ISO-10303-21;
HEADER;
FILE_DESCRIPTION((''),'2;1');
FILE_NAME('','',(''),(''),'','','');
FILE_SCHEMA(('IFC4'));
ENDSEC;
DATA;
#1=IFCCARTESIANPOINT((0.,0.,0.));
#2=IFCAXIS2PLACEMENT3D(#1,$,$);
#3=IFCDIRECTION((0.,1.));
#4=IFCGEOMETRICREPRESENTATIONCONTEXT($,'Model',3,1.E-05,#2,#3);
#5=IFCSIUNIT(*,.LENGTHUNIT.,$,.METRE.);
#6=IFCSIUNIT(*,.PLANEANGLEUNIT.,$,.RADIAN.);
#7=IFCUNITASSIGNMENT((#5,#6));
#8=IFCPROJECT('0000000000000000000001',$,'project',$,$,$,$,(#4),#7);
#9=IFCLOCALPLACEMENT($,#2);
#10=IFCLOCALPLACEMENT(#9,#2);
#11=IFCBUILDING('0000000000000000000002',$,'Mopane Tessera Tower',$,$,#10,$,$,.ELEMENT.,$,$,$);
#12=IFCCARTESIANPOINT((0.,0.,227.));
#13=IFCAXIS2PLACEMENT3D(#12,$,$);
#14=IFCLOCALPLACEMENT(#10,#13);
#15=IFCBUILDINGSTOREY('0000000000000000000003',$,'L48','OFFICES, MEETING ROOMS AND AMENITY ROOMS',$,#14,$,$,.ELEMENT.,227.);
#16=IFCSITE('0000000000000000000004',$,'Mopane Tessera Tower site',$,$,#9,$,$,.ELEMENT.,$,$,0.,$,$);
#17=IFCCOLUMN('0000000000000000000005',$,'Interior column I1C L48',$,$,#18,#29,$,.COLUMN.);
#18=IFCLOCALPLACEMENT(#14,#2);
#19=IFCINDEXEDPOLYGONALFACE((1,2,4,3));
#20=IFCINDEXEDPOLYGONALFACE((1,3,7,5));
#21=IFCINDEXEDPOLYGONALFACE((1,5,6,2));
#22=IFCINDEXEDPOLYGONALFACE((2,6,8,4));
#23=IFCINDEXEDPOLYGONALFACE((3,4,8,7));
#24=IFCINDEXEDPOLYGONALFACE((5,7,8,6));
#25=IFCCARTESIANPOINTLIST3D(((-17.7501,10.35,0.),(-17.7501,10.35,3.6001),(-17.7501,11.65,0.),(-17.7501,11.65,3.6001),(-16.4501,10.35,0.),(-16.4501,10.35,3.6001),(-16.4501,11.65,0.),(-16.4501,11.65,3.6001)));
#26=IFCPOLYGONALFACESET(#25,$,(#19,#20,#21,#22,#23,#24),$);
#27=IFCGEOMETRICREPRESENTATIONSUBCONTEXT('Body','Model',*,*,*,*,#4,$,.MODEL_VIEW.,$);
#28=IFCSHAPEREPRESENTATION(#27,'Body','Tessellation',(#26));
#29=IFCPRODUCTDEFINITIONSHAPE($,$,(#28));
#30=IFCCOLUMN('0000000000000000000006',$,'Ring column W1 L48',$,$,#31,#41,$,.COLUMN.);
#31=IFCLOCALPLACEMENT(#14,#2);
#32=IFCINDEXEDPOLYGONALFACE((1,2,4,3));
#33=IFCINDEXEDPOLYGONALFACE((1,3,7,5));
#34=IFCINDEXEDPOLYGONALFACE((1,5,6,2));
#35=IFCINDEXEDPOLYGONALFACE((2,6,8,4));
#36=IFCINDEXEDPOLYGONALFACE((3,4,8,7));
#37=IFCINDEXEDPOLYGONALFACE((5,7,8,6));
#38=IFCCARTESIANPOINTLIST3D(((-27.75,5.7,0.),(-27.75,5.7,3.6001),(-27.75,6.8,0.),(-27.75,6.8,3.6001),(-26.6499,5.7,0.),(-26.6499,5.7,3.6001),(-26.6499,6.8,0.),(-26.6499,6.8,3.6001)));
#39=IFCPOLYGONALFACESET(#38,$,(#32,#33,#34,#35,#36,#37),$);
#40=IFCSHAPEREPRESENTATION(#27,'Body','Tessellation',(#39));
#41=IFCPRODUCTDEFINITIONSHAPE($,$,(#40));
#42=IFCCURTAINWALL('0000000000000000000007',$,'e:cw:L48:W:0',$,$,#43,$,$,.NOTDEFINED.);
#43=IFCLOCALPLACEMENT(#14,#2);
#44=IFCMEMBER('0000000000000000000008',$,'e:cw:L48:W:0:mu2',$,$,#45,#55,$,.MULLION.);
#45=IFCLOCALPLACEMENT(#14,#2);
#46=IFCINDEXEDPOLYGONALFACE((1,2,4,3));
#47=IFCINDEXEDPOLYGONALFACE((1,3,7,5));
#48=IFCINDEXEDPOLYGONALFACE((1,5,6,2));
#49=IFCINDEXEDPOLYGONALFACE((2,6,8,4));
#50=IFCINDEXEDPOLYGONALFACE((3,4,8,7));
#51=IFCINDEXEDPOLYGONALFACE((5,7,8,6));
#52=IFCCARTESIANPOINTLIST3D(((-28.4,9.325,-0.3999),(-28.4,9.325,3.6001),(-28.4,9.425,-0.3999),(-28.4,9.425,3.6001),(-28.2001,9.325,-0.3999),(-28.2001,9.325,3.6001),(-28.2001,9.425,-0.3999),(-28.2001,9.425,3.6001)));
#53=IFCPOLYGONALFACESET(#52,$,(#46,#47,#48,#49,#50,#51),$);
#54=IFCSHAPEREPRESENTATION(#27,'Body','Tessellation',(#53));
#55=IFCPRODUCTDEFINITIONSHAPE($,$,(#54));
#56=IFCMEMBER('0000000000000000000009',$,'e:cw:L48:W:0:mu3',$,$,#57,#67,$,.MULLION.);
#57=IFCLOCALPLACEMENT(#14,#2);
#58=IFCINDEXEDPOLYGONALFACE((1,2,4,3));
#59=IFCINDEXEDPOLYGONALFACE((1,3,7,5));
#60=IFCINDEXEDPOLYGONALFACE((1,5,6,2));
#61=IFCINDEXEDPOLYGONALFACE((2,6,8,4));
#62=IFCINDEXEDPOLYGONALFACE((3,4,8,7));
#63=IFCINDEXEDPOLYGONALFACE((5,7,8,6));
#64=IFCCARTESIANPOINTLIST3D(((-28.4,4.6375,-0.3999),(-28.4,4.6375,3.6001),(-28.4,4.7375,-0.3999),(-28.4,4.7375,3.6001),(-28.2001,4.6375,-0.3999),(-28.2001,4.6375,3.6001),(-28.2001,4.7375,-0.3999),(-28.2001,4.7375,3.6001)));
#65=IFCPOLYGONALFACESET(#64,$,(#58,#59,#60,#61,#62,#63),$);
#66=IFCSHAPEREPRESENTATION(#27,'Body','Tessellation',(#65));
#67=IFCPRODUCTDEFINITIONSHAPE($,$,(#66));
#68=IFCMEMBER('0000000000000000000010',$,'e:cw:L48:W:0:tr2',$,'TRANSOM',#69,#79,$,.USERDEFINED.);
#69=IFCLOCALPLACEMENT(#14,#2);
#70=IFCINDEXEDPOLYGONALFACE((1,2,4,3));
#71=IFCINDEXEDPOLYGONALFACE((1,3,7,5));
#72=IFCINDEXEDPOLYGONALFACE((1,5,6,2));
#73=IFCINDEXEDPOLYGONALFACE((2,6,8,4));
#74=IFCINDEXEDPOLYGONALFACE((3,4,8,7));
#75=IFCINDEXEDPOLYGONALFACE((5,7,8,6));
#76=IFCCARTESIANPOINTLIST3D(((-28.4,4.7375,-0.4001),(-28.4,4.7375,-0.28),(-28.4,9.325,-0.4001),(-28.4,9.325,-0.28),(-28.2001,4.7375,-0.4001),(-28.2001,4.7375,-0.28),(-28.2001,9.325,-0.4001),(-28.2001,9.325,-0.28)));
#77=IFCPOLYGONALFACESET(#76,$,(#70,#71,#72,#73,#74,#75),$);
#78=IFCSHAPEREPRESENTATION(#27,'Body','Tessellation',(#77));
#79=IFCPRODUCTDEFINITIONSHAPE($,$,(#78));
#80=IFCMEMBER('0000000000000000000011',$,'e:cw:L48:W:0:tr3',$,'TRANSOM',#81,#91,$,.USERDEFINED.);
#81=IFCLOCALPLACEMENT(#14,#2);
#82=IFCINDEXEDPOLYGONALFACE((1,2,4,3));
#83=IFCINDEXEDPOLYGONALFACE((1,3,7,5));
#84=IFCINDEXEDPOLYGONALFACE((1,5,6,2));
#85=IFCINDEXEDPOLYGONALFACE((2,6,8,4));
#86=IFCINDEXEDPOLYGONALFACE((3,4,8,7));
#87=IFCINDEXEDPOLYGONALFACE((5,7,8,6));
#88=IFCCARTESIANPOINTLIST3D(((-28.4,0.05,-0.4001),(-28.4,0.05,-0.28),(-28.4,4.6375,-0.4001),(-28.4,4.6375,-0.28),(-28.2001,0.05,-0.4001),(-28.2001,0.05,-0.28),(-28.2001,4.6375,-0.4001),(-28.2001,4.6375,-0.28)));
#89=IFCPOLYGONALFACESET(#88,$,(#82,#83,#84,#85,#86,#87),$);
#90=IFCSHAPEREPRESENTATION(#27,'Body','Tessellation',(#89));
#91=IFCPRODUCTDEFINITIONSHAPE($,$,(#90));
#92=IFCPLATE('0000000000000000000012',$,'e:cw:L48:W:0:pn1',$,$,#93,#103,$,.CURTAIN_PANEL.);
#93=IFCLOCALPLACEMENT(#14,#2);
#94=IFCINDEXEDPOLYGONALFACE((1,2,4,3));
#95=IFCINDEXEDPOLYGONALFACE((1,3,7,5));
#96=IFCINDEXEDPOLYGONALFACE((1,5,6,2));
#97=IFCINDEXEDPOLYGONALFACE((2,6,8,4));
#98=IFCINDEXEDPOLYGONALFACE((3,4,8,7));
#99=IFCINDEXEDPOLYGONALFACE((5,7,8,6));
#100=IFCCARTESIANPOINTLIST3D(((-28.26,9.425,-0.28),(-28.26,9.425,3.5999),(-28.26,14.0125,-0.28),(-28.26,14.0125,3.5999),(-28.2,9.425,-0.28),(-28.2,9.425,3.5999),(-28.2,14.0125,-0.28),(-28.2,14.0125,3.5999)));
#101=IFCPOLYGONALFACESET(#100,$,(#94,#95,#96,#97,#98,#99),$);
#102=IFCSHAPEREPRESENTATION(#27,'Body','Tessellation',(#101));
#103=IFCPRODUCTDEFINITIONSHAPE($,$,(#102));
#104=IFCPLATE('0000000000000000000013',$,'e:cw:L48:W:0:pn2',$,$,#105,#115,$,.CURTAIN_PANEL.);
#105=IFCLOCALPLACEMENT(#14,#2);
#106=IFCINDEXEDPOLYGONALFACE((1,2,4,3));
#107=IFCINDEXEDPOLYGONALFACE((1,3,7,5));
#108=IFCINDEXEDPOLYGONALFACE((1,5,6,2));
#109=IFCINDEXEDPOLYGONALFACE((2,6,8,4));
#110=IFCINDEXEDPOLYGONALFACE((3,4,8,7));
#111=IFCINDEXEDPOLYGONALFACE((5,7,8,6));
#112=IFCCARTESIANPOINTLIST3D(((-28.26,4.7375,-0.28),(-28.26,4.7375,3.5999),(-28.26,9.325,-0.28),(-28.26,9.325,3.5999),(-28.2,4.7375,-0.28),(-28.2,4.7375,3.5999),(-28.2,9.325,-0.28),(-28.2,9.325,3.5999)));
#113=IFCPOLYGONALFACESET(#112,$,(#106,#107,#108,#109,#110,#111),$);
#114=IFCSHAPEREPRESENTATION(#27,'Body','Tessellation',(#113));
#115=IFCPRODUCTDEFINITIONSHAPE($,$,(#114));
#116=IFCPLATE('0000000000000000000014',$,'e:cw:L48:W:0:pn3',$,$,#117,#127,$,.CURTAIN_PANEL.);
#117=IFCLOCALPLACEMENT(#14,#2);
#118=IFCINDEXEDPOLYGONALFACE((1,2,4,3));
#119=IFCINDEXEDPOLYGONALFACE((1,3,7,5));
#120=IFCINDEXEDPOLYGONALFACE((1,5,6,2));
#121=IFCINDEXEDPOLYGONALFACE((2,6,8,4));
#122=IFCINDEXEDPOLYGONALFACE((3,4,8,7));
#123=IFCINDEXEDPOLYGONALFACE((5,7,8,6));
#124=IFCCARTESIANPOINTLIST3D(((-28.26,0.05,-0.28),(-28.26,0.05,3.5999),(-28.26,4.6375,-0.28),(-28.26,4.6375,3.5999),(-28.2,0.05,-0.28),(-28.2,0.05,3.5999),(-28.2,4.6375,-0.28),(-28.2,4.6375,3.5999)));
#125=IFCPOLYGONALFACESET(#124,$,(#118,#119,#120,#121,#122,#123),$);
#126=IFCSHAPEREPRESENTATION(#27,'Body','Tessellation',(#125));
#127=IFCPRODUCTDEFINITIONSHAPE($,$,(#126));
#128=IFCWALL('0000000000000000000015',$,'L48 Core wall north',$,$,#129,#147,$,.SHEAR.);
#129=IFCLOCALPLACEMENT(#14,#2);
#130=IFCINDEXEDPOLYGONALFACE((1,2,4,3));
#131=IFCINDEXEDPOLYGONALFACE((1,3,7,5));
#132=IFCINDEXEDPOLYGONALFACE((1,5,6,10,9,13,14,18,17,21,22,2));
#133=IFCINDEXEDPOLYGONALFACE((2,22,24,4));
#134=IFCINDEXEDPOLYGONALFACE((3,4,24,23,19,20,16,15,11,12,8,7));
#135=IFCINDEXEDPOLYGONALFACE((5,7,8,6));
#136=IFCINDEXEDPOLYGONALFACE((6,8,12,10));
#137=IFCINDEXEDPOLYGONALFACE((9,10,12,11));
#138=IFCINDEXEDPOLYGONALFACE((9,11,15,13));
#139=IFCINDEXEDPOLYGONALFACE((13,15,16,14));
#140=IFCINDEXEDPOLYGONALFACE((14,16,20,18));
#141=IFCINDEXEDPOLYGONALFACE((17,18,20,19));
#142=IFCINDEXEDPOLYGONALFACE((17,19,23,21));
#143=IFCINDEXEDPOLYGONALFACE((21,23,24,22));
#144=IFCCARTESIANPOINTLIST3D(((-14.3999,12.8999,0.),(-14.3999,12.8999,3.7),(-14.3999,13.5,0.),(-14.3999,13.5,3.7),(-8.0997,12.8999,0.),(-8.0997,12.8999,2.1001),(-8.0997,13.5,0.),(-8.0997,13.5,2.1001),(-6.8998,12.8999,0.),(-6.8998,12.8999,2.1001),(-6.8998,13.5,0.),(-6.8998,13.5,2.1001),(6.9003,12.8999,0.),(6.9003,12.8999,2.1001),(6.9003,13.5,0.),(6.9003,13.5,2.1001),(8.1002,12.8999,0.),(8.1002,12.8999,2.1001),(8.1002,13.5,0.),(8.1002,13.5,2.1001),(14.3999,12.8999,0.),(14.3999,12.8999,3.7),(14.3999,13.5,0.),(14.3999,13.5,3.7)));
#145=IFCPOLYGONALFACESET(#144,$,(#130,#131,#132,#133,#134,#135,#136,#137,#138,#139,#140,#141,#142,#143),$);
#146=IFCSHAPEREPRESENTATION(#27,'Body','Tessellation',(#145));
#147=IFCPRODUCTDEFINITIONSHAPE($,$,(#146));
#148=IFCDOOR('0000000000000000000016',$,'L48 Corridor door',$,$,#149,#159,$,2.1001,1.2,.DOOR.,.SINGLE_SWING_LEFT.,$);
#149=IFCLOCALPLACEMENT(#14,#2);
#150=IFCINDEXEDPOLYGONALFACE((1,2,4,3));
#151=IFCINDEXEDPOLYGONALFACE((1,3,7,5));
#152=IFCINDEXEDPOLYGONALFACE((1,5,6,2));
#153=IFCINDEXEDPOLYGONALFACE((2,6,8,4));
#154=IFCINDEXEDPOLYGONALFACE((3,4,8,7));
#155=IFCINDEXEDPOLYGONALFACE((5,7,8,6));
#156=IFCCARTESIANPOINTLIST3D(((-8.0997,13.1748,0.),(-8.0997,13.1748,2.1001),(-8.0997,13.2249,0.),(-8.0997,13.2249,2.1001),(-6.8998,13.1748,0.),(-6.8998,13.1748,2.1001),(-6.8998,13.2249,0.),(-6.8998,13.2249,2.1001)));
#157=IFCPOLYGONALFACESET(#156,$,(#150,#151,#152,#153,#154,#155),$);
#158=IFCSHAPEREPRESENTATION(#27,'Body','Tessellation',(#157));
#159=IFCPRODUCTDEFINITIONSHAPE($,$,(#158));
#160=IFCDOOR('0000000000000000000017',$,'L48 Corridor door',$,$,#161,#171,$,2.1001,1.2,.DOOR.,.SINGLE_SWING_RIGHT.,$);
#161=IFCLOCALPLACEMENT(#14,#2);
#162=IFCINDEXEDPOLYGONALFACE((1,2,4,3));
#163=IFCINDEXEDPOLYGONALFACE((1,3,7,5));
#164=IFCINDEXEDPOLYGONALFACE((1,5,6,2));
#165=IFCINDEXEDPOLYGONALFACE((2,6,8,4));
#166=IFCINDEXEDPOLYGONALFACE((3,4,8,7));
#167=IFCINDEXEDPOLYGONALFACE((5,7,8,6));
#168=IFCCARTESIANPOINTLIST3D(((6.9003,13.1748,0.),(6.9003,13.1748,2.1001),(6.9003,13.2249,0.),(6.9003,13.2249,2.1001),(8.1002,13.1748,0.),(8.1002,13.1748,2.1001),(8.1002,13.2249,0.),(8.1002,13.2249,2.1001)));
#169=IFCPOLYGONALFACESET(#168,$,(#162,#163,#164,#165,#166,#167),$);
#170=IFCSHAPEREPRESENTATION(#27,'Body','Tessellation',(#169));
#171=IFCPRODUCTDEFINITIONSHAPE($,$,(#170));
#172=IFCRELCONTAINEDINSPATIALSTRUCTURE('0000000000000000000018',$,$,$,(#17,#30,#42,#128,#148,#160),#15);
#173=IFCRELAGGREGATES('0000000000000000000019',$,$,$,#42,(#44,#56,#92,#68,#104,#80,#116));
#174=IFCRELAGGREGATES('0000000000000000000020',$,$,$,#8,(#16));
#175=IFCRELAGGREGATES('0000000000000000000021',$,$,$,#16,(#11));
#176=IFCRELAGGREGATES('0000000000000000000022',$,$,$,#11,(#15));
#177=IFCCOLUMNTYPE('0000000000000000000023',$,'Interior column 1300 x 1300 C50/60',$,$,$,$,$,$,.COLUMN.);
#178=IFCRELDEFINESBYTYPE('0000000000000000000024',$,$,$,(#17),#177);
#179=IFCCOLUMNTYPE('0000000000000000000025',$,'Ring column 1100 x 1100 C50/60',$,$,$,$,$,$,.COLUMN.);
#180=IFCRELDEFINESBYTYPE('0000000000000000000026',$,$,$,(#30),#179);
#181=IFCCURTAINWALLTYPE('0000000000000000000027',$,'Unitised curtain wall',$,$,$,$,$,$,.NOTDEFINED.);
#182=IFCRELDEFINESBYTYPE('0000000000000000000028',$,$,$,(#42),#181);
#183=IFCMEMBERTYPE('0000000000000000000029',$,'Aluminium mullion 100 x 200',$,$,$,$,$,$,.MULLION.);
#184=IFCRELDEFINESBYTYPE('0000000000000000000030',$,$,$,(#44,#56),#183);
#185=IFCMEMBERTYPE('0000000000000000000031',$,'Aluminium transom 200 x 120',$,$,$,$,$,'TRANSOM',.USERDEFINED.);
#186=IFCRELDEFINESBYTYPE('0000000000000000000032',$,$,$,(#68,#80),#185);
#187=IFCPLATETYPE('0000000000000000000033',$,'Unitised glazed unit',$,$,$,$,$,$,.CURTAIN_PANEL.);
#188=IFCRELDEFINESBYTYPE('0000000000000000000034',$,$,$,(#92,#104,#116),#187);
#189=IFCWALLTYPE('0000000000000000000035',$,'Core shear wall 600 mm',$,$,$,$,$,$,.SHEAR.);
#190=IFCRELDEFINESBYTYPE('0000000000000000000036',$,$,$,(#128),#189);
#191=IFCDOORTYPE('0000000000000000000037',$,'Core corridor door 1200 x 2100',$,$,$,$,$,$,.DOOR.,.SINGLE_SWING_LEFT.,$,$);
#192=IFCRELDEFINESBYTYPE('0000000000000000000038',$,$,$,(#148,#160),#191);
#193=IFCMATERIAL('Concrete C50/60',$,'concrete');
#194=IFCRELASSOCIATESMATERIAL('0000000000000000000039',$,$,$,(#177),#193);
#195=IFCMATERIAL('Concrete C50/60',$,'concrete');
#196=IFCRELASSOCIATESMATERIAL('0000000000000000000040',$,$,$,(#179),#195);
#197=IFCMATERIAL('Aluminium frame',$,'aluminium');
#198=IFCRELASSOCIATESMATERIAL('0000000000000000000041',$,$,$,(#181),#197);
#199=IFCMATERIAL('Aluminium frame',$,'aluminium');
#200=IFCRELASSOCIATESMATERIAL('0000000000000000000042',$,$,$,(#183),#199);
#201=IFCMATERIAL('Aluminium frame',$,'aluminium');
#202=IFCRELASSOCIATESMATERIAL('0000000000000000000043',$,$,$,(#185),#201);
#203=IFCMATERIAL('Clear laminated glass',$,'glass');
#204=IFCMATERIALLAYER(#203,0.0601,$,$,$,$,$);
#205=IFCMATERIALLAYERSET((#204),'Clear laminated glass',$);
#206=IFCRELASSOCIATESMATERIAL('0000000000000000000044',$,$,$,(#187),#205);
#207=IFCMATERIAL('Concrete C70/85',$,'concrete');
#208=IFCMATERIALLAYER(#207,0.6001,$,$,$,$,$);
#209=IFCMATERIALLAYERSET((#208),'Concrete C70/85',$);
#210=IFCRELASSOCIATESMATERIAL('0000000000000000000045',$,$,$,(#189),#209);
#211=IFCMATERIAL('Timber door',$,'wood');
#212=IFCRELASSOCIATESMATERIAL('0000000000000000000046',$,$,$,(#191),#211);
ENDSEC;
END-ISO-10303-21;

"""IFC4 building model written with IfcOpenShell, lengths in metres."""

from ifc_helpers import new_model, si_unit, direction, frame, frame_2d, origin, origin_2d, place, context, subcontext, project, spatial, rectangle, extrude, material, layer, layer_set, material_profile, profile_set, type_object, element, fill, aggregate, save


model = new_model("IFC4")

# Units and contexts
model_context = context("Model", 3, precision=1e-05, world=origin(), true_north=direction((0.0, 1.0)))
body_context = subcontext(model_context, "Body", "Model", "MODEL_VIEW")
ifc_project = project(units=[si_unit("LENGTHUNIT", "METRE"), si_unit("PLANEANGLEUNIT", "RADIAN")], contexts=[model_context])

# Site, building, storey
site_placement = place(None, origin())
site = spatial("IfcSite", under=ifc_project, at=site_placement, Name="Mopane Tessera Tower site", CompositionType="ELEMENT", RefElevation=0.0)
building_placement = place(site_placement, origin())
building = spatial("IfcBuilding", under=site, at=building_placement, Name="Mopane Tessera Tower", CompositionType="ELEMENT")
storey_placement = place(building_placement, frame((0.0, 0.0, 227.0)))
storey = spatial("IfcBuildingStorey", under=building, at=storey_placement, Name="L48", Description="OFFICES, MEETING ROOMS AND AMENITY ROOMS", CompositionType="ELEMENT", Elevation=227.0)

# Columns
ifc_material_1 = material(Name="Concrete C50/60", Category="concrete")
ifc_material_profile_1 = material_profile(ifc_material_1, rectangle(XDim=1.3, YDim=1.3, at=origin_2d()))
ifc_profile_set_1 = profile_set([ifc_material_profile_1], Name="Concrete C50/60")
column_type_1 = type_object("IfcColumnType", Name="Interior column 1300 x 1300 C50/60", PredefinedType="COLUMN", material=ifc_profile_set_1)
column_1_placement = place(storey_placement, frame((-17.1001, 11.0, 0.0), z_axis=(0.0, 0.0, 1.0), x_axis=(1.0, 0.0, 0.0)))
element("IfcColumn", 1, at=column_1_placement, inside=storey, type_object=column_type_1, Name="Interior column I1C L48", PredefinedType="COLUMN", context=body_context, shape_type="SweptSolid", body=[
    extrude(rectangle(XDim=1.3, YDim=1.3, at=origin_2d()), origin(), (0.0, 0.0, 1.0), 3.6001),
])
ifc_material_2 = material(Name="Concrete C50/60", Category="concrete")
ifc_material_profile_2 = material_profile(ifc_material_2, rectangle(XDim=1.1001, YDim=1.1001, at=origin_2d()))
ifc_profile_set_2 = profile_set([ifc_material_profile_2], Name="Concrete C50/60")
column_type_2 = type_object("IfcColumnType", Name="Ring column 1100 x 1100 C50/60", PredefinedType="COLUMN", material=ifc_profile_set_2)
column_2_placement = place(storey_placement, frame((-27.2, 6.25, 0.0), z_axis=(0.0, 0.0, 1.0), x_axis=(1.0, 0.0, 0.0)))
element("IfcColumn", 2, at=column_2_placement, inside=storey, type_object=column_type_2, Name="Ring column W1 L48", PredefinedType="COLUMN", context=body_context, shape_type="SweptSolid", body=[
    extrude(rectangle(XDim=1.1001, YDim=1.1001, at=origin_2d()), origin(), (0.0, 0.0, 1.0), 3.6001),
])

# Curtain wall, members, plates
ifc_material_3 = material(Name="Aluminium frame", Category="aluminium")
curtain_wall_type = type_object("IfcCurtainWallType", Name="Unitised curtain wall", PredefinedType="NOTDEFINED", material=ifc_material_3)
curtain_wall_placement = place(storey_placement, origin())
curtain_wall = element("IfcCurtainWall", 3, at=curtain_wall_placement, inside=storey, type_object=curtain_wall_type, Name="e:cw:L48:W:0", PredefinedType="NOTDEFINED")
ifc_material_4 = material(Name="Aluminium frame", Category="aluminium")
ifc_material_profile_3 = material_profile(ifc_material_4, rectangle(XDim=0.1001, YDim=0.2, at=origin_2d()))
ifc_profile_set_3 = profile_set([ifc_material_profile_3], Name="Aluminium frame")
member_type_1 = type_object("IfcMemberType", Name="Aluminium mullion 100 x 200", PredefinedType="MULLION", material=ifc_profile_set_3)
member_1_placement = place(storey_placement, frame((-28.3, 9.375, -0.3999), z_axis=(0.0, 0.0, 1.0), x_axis=(0.0, -1.0, 0.0)))
member_1 = element("IfcMember", 4, at=member_1_placement, type_object=member_type_1, Name="e:cw:L48:W:0:mu2", PredefinedType="MULLION", context=body_context, shape_type="SweptSolid", body=[
    extrude(rectangle(XDim=0.1001, YDim=0.2, at=origin_2d()), origin(), (0.0, 0.0, 1.0), 4.0),
])
member_2_placement = place(storey_placement, frame((-28.3, 4.6875, -0.3999), z_axis=(0.0, 0.0, 1.0), x_axis=(0.0, -1.0, 0.0)))
member_2 = element("IfcMember", 5, at=member_2_placement, type_object=member_type_1, Name="e:cw:L48:W:0:mu3", PredefinedType="MULLION", context=body_context, shape_type="SweptSolid", body=[
    extrude(rectangle(XDim=0.1001, YDim=0.2, at=origin_2d()), origin(), (0.0, 0.0, 1.0), 4.0),
])
ifc_material_5 = material(Name="Aluminium frame", Category="aluminium")
ifc_material_profile_4 = material_profile(ifc_material_5, rectangle(XDim=0.2, YDim=0.1201, at=origin_2d()))
ifc_profile_set_4 = profile_set([ifc_material_profile_4], Name="Aluminium frame")
member_type_2 = type_object("IfcMemberType", Name="Aluminium transom 200 x 120", ElementType="TRANSOM", PredefinedType="USERDEFINED", material=ifc_profile_set_4)
member_3_placement = place(storey_placement, frame((-28.3, 9.325, -0.3401), z_axis=(0.0, -1.0, 0.0), x_axis=(1.0, 0.0, 0.0)))
member_3 = element("IfcMember", 6, at=member_3_placement, type_object=member_type_2, Name="e:cw:L48:W:0:tr2", ObjectType="TRANSOM", PredefinedType="USERDEFINED", context=body_context, shape_type="SweptSolid", body=[
    extrude(rectangle(XDim=0.2, YDim=0.1201, at=origin_2d()), origin(), (0.0, 0.0, 1.0), 4.5874),
])
member_4_placement = place(storey_placement, frame((-28.3, 4.6375, -0.3401), z_axis=(0.0, -1.0, 0.0), x_axis=(1.0, 0.0, 0.0)))
member_4 = element("IfcMember", 7, at=member_4_placement, type_object=member_type_2, Name="e:cw:L48:W:0:tr3", ObjectType="TRANSOM", PredefinedType="USERDEFINED", context=body_context, shape_type="SweptSolid", body=[
    extrude(rectangle(XDim=0.2, YDim=0.1201, at=origin_2d()), origin(), (0.0, 0.0, 1.0), 4.5874),
])
ifc_material_6 = material(Name="Clear laminated glass", Category="glass")
ifc_layer_1 = layer(ifc_material_6, 0.0601)
ifc_layer_set_1 = layer_set([ifc_layer_1], Name="Clear laminated glass")
plate_type = type_object("IfcPlateType", Name="Unitised glazed unit", PredefinedType="CURTAIN_PANEL", material=ifc_layer_set_1)
plate_1_placement = place(storey_placement, frame((-28.23, 11.7188, -0.28), z_axis=(0.0, 0.0, 1.0), x_axis=(0.0, -1.0, 0.0)))
plate_1 = element("IfcPlate", 8, at=plate_1_placement, type_object=plate_type, Name="e:cw:L48:W:0:pn1", PredefinedType="CURTAIN_PANEL", context=body_context, shape_type="SweptSolid", body=[
    extrude(rectangle(XDim=4.5874, YDim=0.0601, at=origin_2d()), origin(), (0.0, 0.0, 1.0), 3.8799),
])
plate_2_placement = place(storey_placement, frame((-28.23, 7.0312, -0.28), z_axis=(0.0, 0.0, 1.0), x_axis=(0.0, -1.0, 0.0)))
plate_2 = element("IfcPlate", 9, at=plate_2_placement, type_object=plate_type, Name="e:cw:L48:W:0:pn2", PredefinedType="CURTAIN_PANEL", context=body_context, shape_type="SweptSolid", body=[
    extrude(rectangle(XDim=4.5874, YDim=0.0601, at=origin_2d()), origin(), (0.0, 0.0, 1.0), 3.8799),
])
plate_3_placement = place(storey_placement, frame((-28.23, 2.3438, -0.28), z_axis=(0.0, 0.0, 1.0), x_axis=(0.0, -1.0, 0.0)))
plate_3 = element("IfcPlate", 10, at=plate_3_placement, type_object=plate_type, Name="e:cw:L48:W:0:pn3", PredefinedType="CURTAIN_PANEL", context=body_context, shape_type="SweptSolid", body=[
    extrude(rectangle(XDim=4.5874, YDim=0.0601, at=origin_2d()), origin(), (0.0, 0.0, 1.0), 3.8799),
])
aggregate(curtain_wall, [member_1, member_2, plate_1, member_3, plate_2, member_4, plate_3])

# Wall, openings, doors
ifc_material_7 = material(Name="Concrete C70/85", Category="concrete")
ifc_layer_2 = layer(ifc_material_7, 0.6001)
ifc_layer_set_2 = layer_set([ifc_layer_2], Name="Concrete C70/85")
wall_type_1 = type_object("IfcWallType", Name="Core shear wall 600 mm", PredefinedType="SHEAR", material=ifc_layer_set_2)
wall_1_placement = place(storey_placement, frame((-14.3999, 13.2, 0.0), z_axis=(0.0, 0.0, 1.0), x_axis=(1.0, 0.0, 0.0)))
wall_1 = element("IfcWall", 11, at=wall_1_placement, inside=storey, type_object=wall_type_1, Name="L48 Core wall north", PredefinedType="SHEAR", context=body_context, shape_type="SweptSolid", body=[
    extrude(rectangle(XDim=28.7998, YDim=0.6001, at=frame_2d((14.3999, 0.0))), origin(), (0.0, 0.0, 1.0), 3.7),
])
opening_1_placement = place(wall_1_placement, frame((6.3, 0.0, 0.0)))
opening_1 = element("IfcOpeningElement", 12, at=opening_1_placement, cuts=wall_1, PredefinedType="OPENING", context=body_context, shape_type="SweptSolid", body=[
    extrude(rectangle(XDim=1.2, YDim=2.1001, at=frame_2d((0.6001, 1.05))), frame((0.0, 0.312, 0.0), z_axis=(0.0, -1.0, 0.0), x_axis=(1.0, 0.0, 0.0)), (0.0, 0.0, 1.0), 0.624),
])
opening_2_placement = place(wall_1_placement, frame((21.3, 0.0, 0.0)))
opening_2 = element("IfcOpeningElement", 13, at=opening_2_placement, cuts=wall_1, PredefinedType="OPENING", context=body_context, shape_type="SweptSolid", body=[
    extrude(rectangle(XDim=1.2, YDim=2.1001, at=frame_2d((0.6001, 1.05))), frame((0.0, 0.312, 0.0), z_axis=(0.0, -1.0, 0.0), x_axis=(1.0, 0.0, 0.0)), (0.0, 0.0, 1.0), 0.624),
])
ifc_material_8 = material(Name="Timber door", Category="wood")
door_type_1 = type_object("IfcDoorType", Name="Core corridor door 1200 x 2100", OperationType="SINGLE_SWING_LEFT", PredefinedType="DOOR", material=ifc_material_8)
door_1_placement = place(opening_1_placement, origin())
door_1 = element("IfcDoor", 14, at=door_1_placement, inside=storey, type_object=door_type_1, Name="L48 Corridor door", OperationType="SINGLE_SWING_LEFT", OverallHeight=2.1001, OverallWidth=1.2, PredefinedType="DOOR", context=body_context, shape_type="SweptSolid", body=[
    extrude(rectangle(XDim=1.2, YDim=2.1001, at=frame_2d((0.6001, 1.05))), frame((0.0, 0.0249, 0.0), z_axis=(0.0, -1.0, 0.0), x_axis=(1.0, 0.0, 0.0)), (0.0, 0.0, 1.0), 0.05),
])
fill(opening_1, door_1)
door_2_placement = place(opening_2_placement, origin())
door_2 = element("IfcDoor", 15, at=door_2_placement, inside=storey, type_object=door_type_1, Name="L48 Corridor door", OperationType="SINGLE_SWING_RIGHT", OverallHeight=2.1001, OverallWidth=1.2, PredefinedType="DOOR", context=body_context, shape_type="SweptSolid", body=[
    extrude(rectangle(XDim=1.2, YDim=2.1001, at=frame_2d((0.6001, 1.05))), frame((0.0, 0.0249, 0.0), z_axis=(0.0, -1.0, 0.0), x_axis=(1.0, 0.0, 0.0)), (0.0, 0.0, 1.0), 0.05),
])
fill(opening_2, door_2)

save(model, "model.ifc")
